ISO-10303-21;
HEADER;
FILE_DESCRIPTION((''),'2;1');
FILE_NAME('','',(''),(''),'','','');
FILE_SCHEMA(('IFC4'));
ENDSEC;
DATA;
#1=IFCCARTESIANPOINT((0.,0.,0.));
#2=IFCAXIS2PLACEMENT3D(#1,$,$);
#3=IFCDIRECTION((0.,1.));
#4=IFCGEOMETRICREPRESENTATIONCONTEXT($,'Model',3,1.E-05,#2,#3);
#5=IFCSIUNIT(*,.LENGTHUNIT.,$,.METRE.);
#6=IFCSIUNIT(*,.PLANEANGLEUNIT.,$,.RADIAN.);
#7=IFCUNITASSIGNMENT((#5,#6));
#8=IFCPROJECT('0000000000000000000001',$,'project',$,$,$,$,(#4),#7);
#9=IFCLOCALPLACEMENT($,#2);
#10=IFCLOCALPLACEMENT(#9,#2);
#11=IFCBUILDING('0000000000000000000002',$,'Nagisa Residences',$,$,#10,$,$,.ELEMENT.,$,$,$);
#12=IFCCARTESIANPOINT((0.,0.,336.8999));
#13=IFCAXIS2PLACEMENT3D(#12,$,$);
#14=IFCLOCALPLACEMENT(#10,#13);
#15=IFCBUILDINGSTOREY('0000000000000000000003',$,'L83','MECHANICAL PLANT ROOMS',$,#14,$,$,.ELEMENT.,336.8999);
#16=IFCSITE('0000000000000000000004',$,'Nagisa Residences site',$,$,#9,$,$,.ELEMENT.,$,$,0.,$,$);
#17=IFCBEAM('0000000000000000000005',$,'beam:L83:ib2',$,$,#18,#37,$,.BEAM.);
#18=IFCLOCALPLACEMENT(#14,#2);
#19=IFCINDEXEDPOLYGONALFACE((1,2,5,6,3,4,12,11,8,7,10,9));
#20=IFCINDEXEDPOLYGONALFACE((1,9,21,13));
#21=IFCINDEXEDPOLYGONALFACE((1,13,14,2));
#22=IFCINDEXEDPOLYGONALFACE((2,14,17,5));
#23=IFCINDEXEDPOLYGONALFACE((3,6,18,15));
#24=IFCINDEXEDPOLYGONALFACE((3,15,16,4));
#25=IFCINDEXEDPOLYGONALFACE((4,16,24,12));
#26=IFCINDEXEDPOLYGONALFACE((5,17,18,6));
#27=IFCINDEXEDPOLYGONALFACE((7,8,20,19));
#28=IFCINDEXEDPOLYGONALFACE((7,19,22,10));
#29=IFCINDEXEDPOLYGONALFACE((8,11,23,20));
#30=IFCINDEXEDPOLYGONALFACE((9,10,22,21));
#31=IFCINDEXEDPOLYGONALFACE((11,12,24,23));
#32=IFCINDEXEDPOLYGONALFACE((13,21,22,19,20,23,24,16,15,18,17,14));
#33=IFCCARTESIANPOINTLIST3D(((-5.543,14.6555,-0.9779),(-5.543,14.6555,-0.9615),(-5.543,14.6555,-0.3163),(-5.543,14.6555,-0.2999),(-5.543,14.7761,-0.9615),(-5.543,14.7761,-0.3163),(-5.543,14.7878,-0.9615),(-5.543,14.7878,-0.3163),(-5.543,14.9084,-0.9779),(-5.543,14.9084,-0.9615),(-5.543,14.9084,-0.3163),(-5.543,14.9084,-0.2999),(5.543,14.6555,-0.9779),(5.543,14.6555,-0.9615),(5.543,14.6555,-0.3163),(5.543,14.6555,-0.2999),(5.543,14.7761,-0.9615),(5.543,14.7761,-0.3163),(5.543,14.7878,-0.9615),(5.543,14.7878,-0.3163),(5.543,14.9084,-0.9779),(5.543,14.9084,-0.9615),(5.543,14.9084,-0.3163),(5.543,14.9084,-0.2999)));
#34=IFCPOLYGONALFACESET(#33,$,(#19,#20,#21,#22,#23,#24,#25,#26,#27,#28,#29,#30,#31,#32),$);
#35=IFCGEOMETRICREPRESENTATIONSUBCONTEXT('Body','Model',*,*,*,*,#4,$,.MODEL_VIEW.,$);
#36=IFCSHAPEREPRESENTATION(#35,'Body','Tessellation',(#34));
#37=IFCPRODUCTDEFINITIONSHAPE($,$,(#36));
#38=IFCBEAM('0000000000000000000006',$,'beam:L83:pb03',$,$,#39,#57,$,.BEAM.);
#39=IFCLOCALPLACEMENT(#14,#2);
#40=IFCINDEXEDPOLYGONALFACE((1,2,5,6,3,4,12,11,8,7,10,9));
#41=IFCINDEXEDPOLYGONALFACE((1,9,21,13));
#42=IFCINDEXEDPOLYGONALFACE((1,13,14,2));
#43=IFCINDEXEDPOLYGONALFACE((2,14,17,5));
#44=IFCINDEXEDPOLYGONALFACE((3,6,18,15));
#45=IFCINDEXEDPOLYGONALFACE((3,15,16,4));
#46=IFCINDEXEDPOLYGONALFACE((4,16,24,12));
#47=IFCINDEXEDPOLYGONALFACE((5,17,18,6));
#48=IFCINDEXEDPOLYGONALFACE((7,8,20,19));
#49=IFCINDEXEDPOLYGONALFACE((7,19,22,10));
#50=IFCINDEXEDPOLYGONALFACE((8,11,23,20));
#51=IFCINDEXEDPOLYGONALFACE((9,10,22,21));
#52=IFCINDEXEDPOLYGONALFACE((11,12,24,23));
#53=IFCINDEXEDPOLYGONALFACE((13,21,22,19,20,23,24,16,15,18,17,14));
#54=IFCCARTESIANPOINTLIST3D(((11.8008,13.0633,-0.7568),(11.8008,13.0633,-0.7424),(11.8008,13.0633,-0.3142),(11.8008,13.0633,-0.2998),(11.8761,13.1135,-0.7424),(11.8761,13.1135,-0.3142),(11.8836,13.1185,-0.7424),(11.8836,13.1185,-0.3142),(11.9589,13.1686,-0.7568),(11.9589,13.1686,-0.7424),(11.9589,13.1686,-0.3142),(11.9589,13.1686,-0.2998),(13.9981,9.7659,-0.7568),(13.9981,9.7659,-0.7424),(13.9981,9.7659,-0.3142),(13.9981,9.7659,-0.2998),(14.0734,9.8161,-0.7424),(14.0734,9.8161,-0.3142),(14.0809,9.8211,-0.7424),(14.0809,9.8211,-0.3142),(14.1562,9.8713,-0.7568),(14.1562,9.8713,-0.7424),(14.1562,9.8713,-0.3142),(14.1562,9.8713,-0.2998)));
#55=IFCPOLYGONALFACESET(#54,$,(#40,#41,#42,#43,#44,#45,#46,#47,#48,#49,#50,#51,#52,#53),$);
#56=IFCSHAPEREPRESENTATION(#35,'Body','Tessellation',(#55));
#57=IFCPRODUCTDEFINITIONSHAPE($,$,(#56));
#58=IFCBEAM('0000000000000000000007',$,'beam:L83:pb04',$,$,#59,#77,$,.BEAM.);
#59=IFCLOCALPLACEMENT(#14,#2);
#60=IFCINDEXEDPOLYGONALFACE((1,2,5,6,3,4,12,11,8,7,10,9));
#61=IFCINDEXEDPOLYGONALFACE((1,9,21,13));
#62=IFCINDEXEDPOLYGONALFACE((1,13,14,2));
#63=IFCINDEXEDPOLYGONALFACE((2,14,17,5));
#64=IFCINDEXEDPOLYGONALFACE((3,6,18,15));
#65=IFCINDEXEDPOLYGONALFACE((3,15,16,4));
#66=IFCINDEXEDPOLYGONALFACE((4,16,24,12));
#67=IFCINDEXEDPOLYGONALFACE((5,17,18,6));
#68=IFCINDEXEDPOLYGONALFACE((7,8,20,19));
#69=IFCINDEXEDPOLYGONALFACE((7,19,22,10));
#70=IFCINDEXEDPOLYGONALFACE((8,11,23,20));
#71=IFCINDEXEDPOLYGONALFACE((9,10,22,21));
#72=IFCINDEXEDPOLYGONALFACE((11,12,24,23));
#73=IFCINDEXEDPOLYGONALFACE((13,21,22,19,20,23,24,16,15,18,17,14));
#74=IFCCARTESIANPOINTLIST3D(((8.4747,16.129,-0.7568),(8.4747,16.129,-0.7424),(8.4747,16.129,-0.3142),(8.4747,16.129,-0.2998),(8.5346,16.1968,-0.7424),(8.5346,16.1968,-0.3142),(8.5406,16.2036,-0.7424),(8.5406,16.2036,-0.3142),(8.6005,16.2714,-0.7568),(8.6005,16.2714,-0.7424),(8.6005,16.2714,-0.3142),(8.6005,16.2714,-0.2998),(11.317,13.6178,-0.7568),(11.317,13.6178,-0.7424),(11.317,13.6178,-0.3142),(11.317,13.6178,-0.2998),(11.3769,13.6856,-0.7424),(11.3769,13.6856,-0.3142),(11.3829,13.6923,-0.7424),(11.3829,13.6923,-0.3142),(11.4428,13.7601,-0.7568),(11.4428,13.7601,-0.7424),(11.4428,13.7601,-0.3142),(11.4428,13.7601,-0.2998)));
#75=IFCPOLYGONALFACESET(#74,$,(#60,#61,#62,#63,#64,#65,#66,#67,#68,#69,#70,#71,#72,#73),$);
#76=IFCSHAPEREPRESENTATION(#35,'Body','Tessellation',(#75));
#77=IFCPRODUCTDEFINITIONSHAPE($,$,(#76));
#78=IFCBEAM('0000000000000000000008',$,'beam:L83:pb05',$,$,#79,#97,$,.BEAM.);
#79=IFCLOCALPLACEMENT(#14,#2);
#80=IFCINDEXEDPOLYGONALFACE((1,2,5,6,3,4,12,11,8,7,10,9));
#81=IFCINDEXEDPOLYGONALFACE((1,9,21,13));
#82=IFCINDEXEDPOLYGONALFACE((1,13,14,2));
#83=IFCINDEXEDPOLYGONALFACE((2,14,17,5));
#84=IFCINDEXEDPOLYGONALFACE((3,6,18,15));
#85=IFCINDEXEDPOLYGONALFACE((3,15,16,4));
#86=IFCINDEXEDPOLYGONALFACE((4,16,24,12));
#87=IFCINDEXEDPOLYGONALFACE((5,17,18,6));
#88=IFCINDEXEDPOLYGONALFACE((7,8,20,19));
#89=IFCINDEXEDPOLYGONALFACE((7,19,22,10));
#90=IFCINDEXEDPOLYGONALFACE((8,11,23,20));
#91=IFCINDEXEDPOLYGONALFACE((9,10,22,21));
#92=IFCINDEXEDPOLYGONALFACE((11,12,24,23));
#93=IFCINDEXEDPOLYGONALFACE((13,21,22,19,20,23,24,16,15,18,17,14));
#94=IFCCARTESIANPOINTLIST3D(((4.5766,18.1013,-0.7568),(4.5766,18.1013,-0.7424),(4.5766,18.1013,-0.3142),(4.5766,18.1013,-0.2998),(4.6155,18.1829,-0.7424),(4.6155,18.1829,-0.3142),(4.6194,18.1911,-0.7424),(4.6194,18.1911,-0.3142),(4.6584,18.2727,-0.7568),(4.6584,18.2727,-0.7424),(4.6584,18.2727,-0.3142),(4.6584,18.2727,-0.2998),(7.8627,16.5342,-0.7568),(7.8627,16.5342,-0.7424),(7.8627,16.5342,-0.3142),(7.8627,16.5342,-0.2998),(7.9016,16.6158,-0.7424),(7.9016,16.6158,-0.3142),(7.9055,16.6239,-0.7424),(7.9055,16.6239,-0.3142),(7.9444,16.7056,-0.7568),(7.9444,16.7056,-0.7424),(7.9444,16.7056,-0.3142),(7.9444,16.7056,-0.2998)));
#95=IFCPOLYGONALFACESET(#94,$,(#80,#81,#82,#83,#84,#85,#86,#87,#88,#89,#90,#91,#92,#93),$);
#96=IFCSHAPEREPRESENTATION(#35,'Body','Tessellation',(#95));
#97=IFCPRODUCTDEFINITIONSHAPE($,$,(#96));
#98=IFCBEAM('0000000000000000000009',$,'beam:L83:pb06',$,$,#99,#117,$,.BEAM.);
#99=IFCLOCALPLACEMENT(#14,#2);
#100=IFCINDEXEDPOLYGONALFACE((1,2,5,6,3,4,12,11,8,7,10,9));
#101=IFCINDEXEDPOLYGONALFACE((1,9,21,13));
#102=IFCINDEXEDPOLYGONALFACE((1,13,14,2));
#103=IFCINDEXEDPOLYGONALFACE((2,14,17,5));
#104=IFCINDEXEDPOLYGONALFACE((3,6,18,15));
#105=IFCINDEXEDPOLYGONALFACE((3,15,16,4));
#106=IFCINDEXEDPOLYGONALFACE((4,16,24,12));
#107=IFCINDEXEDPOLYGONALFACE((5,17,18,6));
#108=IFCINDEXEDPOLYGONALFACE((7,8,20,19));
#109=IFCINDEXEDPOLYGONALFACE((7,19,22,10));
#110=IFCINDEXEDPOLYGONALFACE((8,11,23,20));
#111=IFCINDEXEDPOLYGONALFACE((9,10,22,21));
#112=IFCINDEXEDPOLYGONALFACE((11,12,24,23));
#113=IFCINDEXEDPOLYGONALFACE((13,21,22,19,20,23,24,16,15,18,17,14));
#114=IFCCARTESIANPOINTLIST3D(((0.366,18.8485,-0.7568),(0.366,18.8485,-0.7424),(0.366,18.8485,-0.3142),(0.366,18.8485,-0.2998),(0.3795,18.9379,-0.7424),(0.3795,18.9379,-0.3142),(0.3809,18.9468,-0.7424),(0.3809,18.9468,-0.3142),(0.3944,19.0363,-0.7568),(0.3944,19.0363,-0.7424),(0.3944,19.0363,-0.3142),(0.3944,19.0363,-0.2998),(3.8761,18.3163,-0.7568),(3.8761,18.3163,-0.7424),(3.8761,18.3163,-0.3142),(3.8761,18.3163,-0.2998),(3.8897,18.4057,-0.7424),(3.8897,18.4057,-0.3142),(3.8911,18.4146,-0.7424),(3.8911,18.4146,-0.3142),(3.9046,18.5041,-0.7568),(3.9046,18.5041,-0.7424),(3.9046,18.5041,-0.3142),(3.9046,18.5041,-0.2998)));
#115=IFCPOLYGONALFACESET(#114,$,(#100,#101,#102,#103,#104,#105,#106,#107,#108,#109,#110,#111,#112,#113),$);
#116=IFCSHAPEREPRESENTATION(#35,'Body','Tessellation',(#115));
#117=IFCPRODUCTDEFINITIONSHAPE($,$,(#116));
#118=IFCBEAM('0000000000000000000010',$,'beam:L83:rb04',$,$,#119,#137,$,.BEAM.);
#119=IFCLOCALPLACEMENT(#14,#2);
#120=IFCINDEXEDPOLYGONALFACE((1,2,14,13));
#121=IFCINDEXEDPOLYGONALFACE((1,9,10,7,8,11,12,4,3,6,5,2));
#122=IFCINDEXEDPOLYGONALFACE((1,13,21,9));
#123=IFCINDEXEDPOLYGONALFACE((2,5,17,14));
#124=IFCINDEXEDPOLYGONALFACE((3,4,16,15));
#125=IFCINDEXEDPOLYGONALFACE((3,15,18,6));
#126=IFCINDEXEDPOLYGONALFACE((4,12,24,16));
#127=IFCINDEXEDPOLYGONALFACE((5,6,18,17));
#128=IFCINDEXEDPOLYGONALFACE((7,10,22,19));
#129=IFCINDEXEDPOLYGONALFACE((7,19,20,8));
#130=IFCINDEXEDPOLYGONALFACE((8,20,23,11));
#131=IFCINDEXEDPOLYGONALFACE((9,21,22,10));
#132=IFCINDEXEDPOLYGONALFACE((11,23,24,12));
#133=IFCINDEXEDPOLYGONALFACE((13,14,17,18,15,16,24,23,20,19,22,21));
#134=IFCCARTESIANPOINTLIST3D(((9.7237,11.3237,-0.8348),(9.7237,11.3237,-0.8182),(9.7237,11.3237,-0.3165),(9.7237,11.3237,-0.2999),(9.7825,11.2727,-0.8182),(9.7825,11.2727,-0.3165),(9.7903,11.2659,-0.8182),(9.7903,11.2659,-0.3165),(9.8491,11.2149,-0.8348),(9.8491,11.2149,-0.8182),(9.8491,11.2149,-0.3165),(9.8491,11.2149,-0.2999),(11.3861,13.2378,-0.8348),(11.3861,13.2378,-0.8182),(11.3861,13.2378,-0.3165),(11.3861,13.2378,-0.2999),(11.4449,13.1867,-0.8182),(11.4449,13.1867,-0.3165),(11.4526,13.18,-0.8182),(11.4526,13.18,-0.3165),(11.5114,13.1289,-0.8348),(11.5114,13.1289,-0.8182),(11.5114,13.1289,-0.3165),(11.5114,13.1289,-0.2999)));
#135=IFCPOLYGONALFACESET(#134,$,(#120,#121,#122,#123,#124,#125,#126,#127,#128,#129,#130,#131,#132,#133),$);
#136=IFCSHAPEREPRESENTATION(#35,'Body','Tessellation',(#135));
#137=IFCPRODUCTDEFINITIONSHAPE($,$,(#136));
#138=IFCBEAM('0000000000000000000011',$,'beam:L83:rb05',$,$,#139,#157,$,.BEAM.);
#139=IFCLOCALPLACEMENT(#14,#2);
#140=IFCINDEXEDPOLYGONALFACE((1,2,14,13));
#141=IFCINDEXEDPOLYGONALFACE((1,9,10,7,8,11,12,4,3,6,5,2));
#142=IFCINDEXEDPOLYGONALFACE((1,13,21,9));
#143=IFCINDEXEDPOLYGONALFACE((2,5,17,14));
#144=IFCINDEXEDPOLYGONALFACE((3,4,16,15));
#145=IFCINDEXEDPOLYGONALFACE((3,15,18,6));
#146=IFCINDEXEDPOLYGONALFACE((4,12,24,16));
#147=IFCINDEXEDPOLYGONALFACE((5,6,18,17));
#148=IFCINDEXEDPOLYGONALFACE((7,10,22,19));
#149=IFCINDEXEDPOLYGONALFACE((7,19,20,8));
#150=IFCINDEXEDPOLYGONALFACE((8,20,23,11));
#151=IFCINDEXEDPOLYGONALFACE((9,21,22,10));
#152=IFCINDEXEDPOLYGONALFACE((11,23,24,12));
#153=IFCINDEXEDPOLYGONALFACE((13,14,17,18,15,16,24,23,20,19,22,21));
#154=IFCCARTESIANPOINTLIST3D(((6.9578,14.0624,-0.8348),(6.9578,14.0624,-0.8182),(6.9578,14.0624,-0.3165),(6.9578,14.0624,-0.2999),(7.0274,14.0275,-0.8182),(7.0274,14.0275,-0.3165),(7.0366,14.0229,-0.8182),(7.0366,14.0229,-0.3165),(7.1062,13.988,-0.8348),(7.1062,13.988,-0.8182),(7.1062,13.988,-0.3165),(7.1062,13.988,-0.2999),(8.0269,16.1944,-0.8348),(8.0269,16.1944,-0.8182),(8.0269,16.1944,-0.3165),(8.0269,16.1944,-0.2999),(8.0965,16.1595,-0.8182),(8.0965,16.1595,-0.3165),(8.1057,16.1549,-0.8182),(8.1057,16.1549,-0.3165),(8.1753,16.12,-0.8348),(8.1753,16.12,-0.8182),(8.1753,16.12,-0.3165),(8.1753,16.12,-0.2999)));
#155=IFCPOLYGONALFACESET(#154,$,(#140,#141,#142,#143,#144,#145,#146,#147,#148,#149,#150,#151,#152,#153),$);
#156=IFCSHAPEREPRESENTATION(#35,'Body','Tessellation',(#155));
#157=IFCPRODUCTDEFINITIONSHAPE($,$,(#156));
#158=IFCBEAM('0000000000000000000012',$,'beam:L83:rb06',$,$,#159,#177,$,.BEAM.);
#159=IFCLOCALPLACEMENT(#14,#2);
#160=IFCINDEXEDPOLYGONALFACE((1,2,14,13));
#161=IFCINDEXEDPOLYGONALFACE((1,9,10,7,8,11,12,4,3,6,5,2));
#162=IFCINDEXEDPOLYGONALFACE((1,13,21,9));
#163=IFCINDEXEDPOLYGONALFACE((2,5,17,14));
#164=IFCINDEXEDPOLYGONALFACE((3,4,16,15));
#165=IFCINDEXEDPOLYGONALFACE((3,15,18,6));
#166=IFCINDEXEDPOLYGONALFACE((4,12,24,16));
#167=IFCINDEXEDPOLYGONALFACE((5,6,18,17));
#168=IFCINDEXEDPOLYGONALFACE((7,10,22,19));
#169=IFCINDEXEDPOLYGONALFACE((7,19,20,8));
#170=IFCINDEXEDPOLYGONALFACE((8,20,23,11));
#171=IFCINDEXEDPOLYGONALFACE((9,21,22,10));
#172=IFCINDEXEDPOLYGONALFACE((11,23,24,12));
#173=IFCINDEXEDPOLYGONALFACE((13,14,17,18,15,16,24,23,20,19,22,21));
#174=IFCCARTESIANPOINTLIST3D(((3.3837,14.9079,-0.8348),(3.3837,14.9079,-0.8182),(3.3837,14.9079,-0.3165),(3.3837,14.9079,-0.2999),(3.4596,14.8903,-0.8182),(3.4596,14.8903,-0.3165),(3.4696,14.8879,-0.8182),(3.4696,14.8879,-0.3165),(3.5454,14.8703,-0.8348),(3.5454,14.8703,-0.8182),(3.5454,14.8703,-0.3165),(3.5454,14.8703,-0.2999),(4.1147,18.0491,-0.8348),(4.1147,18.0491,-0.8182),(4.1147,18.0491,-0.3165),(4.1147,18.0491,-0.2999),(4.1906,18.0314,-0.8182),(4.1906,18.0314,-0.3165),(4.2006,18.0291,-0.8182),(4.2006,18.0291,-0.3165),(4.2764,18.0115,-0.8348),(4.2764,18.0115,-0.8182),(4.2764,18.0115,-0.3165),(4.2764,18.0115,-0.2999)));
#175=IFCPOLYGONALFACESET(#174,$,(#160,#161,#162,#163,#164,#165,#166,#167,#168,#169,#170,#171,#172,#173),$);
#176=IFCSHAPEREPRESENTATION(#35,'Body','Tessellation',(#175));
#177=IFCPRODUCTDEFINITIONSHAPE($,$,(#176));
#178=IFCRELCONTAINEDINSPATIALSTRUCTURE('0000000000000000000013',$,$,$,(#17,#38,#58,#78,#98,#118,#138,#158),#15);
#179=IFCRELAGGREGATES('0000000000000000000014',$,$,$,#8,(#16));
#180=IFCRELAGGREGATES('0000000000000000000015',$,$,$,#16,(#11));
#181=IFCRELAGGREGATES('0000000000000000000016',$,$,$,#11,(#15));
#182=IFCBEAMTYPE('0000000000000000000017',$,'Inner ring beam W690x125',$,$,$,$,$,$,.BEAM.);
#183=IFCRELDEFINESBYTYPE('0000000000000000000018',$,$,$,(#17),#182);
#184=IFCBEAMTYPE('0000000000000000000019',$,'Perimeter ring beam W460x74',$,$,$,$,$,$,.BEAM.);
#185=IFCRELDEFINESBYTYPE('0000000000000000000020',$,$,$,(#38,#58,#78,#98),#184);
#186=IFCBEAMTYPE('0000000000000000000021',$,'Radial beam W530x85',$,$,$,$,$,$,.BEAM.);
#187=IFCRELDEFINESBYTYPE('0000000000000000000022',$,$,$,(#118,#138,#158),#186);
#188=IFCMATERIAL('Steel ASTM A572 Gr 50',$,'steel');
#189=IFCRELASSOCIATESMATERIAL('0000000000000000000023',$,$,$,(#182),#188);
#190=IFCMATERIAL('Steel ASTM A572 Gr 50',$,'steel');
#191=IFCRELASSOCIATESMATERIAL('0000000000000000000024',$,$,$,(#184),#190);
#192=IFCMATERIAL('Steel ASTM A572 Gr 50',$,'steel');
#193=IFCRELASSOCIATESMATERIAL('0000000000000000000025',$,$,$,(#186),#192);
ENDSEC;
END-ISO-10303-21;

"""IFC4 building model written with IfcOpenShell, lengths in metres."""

from ifc_helpers import new_model, si_unit, direction, frame, origin, origin_2d, place, context, subcontext, project, spatial, i_section, extrude, material, material_profile, profile_set, type_object, element, save


model = new_model("IFC4")

# Units and contexts
model_context = context("Model", 3, precision=1e-05, world=origin(), true_north=direction((0.0, 1.0)))
body_context = subcontext(model_context, "Body", "Model", "MODEL_VIEW")
ifc_project = project(units=[si_unit("LENGTHUNIT", "METRE"), si_unit("PLANEANGLEUNIT", "RADIAN")], contexts=[model_context])

# Site, building, storey
site_placement = place(None, origin())
site = spatial("IfcSite", under=ifc_project, at=site_placement, Name="Nagisa Residences site", CompositionType="ELEMENT", RefElevation=0.0)
building_placement = place(site_placement, origin())
building = spatial("IfcBuilding", under=site, at=building_placement, Name="Nagisa Residences", CompositionType="ELEMENT")
storey_placement = place(building_placement, frame((0.0, 0.0, 336.8999)))
storey = spatial("IfcBuildingStorey", under=building, at=storey_placement, Name="L83", Description="MECHANICAL PLANT ROOMS", CompositionType="ELEMENT", Elevation=336.8999)

# Beams
ifc_material_1 = material(Name="Steel ASTM A572 Gr 50", Category="steel")
ifc_material_profile_1 = material_profile(ifc_material_1, i_section(OverallWidth=0.2529, OverallDepth=0.678, WebThickness=0.0117, FlangeThickness=0.0164, at=origin_2d()), Name="W690x125")
ifc_profile_set_1 = profile_set([ifc_material_profile_1], Name="Steel ASTM A572 Gr 50")
beam_type_1 = type_object("IfcBeamType", Name="Inner ring beam W690x125", PredefinedType="BEAM", material=ifc_profile_set_1)
beam_1_placement = place(storey_placement, frame((5.543, 14.782, -0.6389), z_axis=(-1.0, 0.0, 0.0), x_axis=(0.0, -1.0, 0.0)))
element("IfcBeam", 1, at=beam_1_placement, inside=storey, type_object=beam_type_1, Name="beam:L83:ib2", PredefinedType="BEAM", context=body_context, shape_type="SweptSolid", body=[
    extrude(i_section(OverallWidth=0.2529, OverallDepth=0.678, WebThickness=0.0117, FlangeThickness=0.0164, at=origin_2d()), origin(), (0.0, 0.0, 1.0), 11.0859),
])
ifc_material_2 = material(Name="Steel ASTM A572 Gr 50", Category="steel")
ifc_material_profile_2 = material_profile(ifc_material_2, i_section(OverallWidth=0.1899, OverallDepth=0.457, WebThickness=0.009, FlangeThickness=0.0144, at=origin_2d()), Name="W460x74")
ifc_profile_set_2 = profile_set([ifc_material_profile_2], Name="Steel ASTM A572 Gr 50")
beam_type_2 = type_object("IfcBeamType", Name="Perimeter ring beam W460x74", PredefinedType="BEAM", material=ifc_profile_set_2)
beam_2_placement = place(storey_placement, frame((14.0771, 9.8186, -0.5283), z_axis=(-0.55453, 0.832164, 0.0), x_axis=(-0.832164, -0.55453, 0.0)))
element("IfcBeam", 2, at=beam_2_placement, inside=storey, type_object=beam_type_2, Name="beam:L83:pb03", PredefinedType="BEAM", context=body_context, shape_type="SweptSolid", body=[
    extrude(i_section(OverallWidth=0.1899, OverallDepth=0.457, WebThickness=0.009, FlangeThickness=0.0144, at=origin_2d()), origin(), (0.0, 0.0, 1.0), 3.9624),
])
beam_3_placement = place(storey_placement, frame((11.3799, 13.689, -0.5283), z_axis=(-0.749402, 0.662115, 0.0), x_axis=(-0.662115, -0.749402, 0.0)))
element("IfcBeam", 3, at=beam_3_placement, inside=storey, type_object=beam_type_2, Name="beam:L83:pb04", PredefinedType="BEAM", context=body_context, shape_type="SweptSolid", body=[
    extrude(i_section(OverallWidth=0.1899, OverallDepth=0.457, WebThickness=0.009, FlangeThickness=0.0144, at=origin_2d()), origin(), (0.0, 0.0, 1.0), 3.7927),
])
beam_4_placement = place(storey_placement, frame((7.9036, 16.6199, -0.5283), z_axis=(-0.902614, 0.430452, 0.0), x_axis=(-0.430452, -0.902614, 0.0)))
element("IfcBeam", 4, at=beam_4_placement, inside=storey, type_object=beam_type_2, Name="beam:L83:pb05", PredefinedType="BEAM", context=body_context, shape_type="SweptSolid", body=[
    extrude(i_section(OverallWidth=0.1899, OverallDepth=0.457, WebThickness=0.009, FlangeThickness=0.0144, at=origin_2d()), origin(), (0.0, 0.0, 1.0), 3.6406),
])
beam_5_placement = place(storey_placement, frame((3.8904, 18.4102, -0.5283), z_axis=(-0.9887, 0.149907, 0.0), x_axis=(-0.149907, -0.9887, 0.0)))
element("IfcBeam", 5, at=beam_5_placement, inside=storey, type_object=beam_type_2, Name="beam:L83:pb06", PredefinedType="BEAM", context=body_context, shape_type="SweptSolid", body=[
    extrude(i_section(OverallWidth=0.1899, OverallDepth=0.457, WebThickness=0.009, FlangeThickness=0.0144, at=origin_2d()), origin(), (0.0, 0.0, 1.0), 3.5503),
])
ifc_material_3 = material(Name="Steel ASTM A572 Gr 50", Category="steel")
ifc_material_profile_3 = material_profile(ifc_material_3, i_section(OverallWidth=0.166, OverallDepth=0.5349, WebThickness=0.0103, FlangeThickness=0.0166, at=origin_2d()), Name="W530x85")
ifc_profile_set_3 = profile_set([ifc_material_profile_3], Name="Steel ASTM A572 Gr 50")
beam_type_3 = type_object("IfcBeamType", Name="Radial beam W530x85", PredefinedType="BEAM", material=ifc_profile_set_3)
beam_6_placement = place(storey_placement, frame((11.4487, 13.1833, -0.5674), z_axis=(-0.655718, -0.755006, 0.0), x_axis=(0.755006, -0.655718, 0.0)))
element("IfcBeam", 6, at=beam_6_placement, inside=storey, type_object=beam_type_3, Name="beam:L83:rb04", PredefinedType="BEAM", context=body_context, shape_type="SweptSolid", body=[
    extrude(i_section(OverallWidth=0.166, OverallDepth=0.5349, WebThickness=0.0103, FlangeThickness=0.0166, at=origin_2d()), origin(), (0.0, 0.0, 1.0), 2.5352),
])
beam_7_placement = place(storey_placement, frame((8.1011, 16.1572, -0.5674), z_axis=(-0.448237, -0.893915, 0.0), x_axis=(0.893915, -0.448237, 0.0)))
element("IfcBeam", 7, at=beam_7_placement, inside=storey, type_object=beam_type_3, Name="beam:L83:rb05", PredefinedType="BEAM", context=body_context, shape_type="SweptSolid", body=[
    extrude(i_section(OverallWidth=0.166, OverallDepth=0.5349, WebThickness=0.0103, FlangeThickness=0.0166, at=origin_2d()), origin(), (0.0, 0.0, 1.0), 2.385),
])
beam_8_placement = place(storey_placement, frame((4.1956, 18.0303, -0.5674), z_axis=(-0.22665, -0.973976, 0.0), x_axis=(0.973976, -0.22665, 0.0)))
element("IfcBeam", 8, at=beam_8_placement, inside=storey, type_object=beam_type_3, Name="beam:L83:rb06", PredefinedType="BEAM", context=body_context, shape_type="SweptSolid", body=[
    extrude(i_section(OverallWidth=0.166, OverallDepth=0.5349, WebThickness=0.0103, FlangeThickness=0.0166, at=origin_2d()), origin(), (0.0, 0.0, 1.0), 3.2251),
])

save(model, "model.ifc")
